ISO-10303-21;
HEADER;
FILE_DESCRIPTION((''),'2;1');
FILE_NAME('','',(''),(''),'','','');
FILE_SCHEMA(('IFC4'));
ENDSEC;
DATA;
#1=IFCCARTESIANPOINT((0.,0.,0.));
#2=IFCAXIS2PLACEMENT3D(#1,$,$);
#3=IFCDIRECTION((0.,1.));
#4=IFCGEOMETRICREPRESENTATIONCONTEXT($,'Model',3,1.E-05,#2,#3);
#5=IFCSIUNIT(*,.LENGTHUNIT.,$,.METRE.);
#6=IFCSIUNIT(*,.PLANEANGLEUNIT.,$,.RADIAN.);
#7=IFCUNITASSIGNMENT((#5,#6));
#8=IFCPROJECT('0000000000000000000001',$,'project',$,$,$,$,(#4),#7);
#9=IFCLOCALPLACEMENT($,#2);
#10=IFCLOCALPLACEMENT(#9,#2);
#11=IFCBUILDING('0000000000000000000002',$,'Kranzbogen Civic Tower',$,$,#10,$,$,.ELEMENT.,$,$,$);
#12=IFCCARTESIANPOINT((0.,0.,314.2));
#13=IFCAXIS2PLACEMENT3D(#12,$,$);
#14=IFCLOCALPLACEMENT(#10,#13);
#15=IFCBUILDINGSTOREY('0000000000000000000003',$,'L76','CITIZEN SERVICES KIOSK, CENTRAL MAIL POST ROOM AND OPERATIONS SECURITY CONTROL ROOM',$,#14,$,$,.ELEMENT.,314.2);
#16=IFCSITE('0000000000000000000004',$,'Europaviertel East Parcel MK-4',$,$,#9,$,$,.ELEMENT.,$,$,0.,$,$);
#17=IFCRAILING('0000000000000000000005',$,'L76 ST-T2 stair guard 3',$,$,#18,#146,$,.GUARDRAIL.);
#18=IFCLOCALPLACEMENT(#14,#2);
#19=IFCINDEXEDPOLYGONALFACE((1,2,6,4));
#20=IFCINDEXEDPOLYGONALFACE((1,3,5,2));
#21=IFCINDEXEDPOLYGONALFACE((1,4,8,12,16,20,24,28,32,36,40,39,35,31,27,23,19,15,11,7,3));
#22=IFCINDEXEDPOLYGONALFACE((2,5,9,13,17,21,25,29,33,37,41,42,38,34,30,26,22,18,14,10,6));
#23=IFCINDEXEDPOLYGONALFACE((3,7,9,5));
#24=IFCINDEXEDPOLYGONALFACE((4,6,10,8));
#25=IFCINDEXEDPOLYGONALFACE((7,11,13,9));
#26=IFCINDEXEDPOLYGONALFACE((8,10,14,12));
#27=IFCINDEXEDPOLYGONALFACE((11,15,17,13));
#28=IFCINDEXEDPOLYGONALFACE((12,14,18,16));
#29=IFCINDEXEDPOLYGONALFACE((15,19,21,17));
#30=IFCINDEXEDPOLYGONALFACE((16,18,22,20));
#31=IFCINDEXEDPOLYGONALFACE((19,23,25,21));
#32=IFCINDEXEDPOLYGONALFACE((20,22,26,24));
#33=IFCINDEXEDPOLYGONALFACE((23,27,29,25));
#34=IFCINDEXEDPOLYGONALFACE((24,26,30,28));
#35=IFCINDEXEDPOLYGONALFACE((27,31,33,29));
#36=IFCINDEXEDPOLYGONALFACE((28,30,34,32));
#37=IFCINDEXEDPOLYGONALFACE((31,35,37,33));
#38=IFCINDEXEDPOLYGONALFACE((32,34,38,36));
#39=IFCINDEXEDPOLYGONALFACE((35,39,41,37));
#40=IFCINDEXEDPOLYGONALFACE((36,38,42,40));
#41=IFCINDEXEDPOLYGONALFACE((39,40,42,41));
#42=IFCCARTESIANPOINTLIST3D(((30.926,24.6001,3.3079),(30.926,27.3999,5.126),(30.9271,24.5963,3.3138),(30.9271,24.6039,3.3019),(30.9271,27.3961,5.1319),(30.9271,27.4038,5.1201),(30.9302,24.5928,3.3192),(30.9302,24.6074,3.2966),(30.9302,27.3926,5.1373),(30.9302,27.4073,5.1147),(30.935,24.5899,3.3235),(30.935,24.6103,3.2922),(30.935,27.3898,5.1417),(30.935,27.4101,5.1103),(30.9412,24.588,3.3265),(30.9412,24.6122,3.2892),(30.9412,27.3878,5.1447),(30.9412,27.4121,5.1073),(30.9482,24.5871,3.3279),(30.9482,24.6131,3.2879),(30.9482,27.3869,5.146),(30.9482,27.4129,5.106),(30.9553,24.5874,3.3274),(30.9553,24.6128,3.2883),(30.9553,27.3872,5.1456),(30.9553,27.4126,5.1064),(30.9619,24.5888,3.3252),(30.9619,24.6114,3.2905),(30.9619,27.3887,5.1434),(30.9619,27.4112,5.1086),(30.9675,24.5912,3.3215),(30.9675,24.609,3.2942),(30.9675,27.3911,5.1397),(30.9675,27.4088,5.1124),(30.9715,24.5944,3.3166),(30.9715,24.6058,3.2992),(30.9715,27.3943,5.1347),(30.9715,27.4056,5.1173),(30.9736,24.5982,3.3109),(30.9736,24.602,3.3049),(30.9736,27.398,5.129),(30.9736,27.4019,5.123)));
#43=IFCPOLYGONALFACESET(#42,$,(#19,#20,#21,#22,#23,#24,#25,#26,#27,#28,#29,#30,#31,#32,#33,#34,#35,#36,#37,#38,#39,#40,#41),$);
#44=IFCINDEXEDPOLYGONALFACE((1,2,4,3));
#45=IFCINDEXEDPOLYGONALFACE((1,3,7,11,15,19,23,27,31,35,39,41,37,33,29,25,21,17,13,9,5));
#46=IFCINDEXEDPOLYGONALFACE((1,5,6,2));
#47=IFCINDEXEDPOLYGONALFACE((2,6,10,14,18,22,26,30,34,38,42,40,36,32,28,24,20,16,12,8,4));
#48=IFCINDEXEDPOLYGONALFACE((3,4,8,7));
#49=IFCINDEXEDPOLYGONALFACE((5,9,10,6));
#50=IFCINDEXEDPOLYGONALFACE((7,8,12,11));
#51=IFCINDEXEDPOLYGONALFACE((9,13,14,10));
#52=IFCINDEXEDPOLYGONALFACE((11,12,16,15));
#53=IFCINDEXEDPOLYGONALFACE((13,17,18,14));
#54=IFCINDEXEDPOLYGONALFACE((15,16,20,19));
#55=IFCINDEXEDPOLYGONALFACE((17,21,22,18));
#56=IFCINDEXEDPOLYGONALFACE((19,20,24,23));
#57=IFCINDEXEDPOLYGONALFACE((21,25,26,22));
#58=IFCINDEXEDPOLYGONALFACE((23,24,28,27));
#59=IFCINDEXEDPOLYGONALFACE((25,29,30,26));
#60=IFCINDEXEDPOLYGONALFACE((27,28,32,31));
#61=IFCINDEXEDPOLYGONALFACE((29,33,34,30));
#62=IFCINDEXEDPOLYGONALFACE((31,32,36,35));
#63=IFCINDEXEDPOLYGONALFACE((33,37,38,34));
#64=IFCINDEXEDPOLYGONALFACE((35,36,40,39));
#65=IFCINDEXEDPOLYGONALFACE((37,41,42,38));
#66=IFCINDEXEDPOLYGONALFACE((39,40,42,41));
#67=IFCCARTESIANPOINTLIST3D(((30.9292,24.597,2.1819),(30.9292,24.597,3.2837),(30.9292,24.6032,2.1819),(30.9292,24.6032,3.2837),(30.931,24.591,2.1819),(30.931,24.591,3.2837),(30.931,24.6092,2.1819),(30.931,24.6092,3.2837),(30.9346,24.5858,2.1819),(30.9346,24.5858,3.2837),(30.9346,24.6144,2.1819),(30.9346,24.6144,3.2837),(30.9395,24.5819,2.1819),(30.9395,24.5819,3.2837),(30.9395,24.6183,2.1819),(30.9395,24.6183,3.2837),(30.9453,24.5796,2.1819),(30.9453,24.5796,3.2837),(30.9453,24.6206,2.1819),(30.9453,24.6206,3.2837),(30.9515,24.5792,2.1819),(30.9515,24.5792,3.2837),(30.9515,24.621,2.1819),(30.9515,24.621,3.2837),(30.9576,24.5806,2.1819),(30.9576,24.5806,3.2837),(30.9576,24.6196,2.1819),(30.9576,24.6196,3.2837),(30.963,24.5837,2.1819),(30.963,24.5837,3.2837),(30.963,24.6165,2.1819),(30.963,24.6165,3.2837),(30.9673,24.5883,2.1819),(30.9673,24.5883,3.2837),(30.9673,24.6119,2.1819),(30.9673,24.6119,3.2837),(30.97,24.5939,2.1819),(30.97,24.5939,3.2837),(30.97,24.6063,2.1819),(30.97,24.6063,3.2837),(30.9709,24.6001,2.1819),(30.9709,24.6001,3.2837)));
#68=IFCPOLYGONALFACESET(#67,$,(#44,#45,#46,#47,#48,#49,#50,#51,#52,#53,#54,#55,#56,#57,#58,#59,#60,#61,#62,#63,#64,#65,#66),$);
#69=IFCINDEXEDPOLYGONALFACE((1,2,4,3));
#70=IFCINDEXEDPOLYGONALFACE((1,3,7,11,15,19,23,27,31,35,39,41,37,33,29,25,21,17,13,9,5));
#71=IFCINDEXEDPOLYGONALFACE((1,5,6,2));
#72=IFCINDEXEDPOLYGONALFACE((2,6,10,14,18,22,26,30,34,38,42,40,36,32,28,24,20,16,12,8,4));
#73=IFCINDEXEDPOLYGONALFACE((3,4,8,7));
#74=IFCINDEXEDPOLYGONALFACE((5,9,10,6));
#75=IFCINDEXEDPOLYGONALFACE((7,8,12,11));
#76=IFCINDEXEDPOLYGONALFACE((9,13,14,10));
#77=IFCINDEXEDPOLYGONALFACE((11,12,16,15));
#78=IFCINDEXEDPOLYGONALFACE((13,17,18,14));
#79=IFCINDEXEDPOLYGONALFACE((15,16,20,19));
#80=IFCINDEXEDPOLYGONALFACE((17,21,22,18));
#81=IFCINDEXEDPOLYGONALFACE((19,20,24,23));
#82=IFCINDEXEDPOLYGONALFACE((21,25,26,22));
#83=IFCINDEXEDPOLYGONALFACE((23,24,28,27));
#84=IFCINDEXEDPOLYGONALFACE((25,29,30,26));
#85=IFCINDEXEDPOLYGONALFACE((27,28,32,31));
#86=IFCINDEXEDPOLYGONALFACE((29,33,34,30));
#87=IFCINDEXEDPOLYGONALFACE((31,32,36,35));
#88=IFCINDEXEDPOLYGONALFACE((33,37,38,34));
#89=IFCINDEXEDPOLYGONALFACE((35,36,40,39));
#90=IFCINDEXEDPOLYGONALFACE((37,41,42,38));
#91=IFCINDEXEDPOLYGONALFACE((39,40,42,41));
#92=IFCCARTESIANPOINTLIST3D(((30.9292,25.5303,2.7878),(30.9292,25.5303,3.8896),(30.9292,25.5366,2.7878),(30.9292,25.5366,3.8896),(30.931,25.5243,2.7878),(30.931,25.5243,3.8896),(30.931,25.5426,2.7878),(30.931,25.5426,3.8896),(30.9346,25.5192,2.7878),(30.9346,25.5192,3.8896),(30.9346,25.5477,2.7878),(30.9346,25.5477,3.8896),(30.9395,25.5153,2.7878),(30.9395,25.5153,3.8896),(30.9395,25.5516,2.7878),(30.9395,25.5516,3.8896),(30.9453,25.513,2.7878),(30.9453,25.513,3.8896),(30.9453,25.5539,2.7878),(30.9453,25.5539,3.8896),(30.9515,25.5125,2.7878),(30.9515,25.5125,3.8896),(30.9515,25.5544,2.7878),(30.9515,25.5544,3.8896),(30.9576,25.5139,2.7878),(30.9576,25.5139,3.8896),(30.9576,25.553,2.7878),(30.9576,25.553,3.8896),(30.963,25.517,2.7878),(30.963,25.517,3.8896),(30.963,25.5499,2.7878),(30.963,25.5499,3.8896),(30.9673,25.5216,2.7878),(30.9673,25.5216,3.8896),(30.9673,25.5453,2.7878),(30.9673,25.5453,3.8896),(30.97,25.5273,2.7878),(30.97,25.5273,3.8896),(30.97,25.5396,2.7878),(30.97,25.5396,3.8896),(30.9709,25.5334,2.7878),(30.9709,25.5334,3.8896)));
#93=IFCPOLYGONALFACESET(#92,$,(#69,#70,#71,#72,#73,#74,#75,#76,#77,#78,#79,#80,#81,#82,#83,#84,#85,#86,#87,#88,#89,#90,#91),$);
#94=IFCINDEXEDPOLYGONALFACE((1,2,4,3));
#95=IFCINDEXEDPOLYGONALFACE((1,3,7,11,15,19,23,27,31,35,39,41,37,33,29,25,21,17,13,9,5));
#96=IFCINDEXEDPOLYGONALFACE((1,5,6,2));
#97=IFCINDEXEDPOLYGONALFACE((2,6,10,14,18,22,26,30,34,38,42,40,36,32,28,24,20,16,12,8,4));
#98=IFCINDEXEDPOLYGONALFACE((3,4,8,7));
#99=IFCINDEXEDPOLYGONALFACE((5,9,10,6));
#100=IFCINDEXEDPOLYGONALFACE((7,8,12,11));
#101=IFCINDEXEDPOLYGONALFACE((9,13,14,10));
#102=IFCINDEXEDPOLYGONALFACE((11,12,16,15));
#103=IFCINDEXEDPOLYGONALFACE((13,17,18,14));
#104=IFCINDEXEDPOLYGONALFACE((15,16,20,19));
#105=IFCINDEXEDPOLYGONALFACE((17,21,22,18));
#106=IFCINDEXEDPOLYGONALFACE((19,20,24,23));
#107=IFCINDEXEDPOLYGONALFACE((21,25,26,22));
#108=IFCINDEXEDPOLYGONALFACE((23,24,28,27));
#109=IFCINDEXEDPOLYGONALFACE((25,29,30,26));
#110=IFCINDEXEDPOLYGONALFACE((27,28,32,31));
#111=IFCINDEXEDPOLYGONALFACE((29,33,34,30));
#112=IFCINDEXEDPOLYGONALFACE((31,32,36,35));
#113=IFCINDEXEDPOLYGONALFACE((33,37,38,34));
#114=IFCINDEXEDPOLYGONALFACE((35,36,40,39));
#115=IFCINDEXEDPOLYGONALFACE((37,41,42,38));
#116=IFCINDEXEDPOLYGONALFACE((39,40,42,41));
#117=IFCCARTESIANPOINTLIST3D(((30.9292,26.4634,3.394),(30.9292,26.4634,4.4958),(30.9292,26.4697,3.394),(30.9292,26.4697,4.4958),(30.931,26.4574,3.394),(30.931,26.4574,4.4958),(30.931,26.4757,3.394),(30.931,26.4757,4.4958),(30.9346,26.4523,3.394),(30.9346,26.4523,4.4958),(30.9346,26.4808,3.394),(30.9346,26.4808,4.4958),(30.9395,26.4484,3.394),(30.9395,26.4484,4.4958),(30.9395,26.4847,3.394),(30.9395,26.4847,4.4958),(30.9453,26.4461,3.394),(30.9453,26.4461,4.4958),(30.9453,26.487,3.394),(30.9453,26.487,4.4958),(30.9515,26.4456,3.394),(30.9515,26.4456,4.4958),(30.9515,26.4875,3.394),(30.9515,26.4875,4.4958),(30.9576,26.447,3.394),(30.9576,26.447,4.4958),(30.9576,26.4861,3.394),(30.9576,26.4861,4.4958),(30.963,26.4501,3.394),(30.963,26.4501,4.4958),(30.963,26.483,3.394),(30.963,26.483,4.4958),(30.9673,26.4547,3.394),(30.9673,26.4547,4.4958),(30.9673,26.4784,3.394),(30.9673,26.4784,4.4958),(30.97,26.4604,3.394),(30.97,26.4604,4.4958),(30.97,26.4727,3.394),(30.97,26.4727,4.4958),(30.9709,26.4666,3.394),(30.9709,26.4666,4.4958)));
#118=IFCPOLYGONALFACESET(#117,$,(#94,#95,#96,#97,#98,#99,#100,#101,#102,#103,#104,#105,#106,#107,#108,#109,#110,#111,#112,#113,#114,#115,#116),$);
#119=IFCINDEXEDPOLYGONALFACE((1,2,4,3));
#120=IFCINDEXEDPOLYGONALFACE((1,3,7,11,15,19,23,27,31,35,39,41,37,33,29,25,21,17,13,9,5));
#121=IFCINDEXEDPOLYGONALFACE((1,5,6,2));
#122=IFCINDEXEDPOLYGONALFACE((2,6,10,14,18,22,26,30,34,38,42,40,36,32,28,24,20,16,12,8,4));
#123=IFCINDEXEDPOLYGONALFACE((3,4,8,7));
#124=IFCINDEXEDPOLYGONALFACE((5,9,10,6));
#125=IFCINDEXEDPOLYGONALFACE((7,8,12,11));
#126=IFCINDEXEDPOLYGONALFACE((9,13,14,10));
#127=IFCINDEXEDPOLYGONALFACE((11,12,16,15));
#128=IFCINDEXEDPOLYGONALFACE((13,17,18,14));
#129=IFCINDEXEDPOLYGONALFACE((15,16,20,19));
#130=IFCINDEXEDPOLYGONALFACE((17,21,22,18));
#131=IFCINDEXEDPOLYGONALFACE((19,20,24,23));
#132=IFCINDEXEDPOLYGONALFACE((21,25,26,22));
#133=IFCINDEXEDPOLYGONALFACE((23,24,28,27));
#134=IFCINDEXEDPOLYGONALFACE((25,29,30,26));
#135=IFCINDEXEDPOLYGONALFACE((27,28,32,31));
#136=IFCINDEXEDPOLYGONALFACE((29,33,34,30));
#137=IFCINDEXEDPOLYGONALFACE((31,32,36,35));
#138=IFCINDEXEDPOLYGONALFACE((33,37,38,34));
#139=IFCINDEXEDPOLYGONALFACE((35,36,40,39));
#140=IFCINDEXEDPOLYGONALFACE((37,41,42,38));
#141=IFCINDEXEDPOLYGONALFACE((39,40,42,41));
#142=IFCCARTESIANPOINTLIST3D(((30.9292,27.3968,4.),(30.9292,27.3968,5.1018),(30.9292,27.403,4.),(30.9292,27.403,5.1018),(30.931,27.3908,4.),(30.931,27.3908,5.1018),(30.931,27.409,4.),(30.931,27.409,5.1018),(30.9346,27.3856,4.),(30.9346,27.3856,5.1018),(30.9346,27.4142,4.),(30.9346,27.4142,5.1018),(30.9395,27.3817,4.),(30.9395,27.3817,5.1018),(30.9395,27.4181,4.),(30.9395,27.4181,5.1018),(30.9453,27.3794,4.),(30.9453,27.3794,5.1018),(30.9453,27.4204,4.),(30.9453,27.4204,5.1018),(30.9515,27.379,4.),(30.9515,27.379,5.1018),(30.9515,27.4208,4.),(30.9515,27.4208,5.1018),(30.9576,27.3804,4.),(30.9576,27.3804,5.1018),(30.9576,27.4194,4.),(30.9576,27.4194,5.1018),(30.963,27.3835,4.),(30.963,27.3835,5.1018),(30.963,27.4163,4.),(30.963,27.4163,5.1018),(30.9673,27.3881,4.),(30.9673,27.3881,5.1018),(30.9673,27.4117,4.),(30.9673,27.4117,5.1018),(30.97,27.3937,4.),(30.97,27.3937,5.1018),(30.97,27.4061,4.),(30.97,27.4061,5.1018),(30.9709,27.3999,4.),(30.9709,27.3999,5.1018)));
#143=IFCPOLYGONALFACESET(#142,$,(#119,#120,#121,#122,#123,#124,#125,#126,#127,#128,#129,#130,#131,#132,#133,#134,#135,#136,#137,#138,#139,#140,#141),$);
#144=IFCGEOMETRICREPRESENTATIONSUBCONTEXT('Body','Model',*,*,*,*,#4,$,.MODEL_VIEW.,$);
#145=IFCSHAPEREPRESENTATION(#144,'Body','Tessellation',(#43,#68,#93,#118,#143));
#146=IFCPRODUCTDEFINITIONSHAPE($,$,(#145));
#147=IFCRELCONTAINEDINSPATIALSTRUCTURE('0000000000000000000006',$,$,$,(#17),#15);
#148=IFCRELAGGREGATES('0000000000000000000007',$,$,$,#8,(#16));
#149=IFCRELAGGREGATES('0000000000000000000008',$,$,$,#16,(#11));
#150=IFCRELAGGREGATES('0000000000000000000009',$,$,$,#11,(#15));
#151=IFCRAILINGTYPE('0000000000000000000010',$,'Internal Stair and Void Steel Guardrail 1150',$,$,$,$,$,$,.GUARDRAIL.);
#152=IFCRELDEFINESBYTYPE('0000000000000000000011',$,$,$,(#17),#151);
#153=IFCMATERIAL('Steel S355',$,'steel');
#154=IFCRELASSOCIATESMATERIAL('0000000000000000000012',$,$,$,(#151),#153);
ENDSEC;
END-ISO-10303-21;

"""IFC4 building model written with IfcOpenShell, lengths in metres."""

from ifc_helpers import new_model, si_unit, direction, frame, origin, origin_2d, place, context, subcontext, project, spatial, circle, extrude, material, type_object, element, save


model = new_model("IFC4")

# Units and contexts
model_context = context("Model", 3, precision=1e-05, world=origin(), true_north=direction((0.0, 1.0)))
body_context = subcontext(model_context, "Body", "Model", "MODEL_VIEW")
ifc_project = project(units=[si_unit("LENGTHUNIT", "METRE"), si_unit("PLANEANGLEUNIT", "RADIAN")], contexts=[model_context])

# Site, building, storey
site_placement = place(None, origin())
site = spatial("IfcSite", under=ifc_project, at=site_placement, Name="Europaviertel East Parcel MK-4", CompositionType="ELEMENT", RefElevation=0.0)
building_placement = place(site_placement, origin())
building = spatial("IfcBuilding", under=site, at=building_placement, Name="Kranzbogen Civic Tower", CompositionType="ELEMENT")
storey_placement = place(building_placement, frame((0.0, 0.0, 314.2)))
storey = spatial("IfcBuildingStorey", under=building, at=storey_placement, Name="L76", Description="CITIZEN SERVICES KIOSK, CENTRAL MAIL POST ROOM AND OPERATIONS SECURITY CONTROL ROOM", CompositionType="ELEMENT", Elevation=314.2)

# Shared definitions
ifc_material_1 = material(Name="Steel S355", Category="steel")

# Railing
railing_type_1 = type_object("IfcRailingType", Name="Internal Stair and Void Steel Guardrail 1150", PredefinedType="GUARDRAIL", material=ifc_material_1)
railing_1_placement = place(storey_placement, frame((30.95, 24.6001, 2.1819)))
element("IfcRailing", 1, at=railing_1_placement, inside=storey, type_object=railing_type_1, Name="L76 ST-T2 stair guard 3", PredefinedType="GUARDRAIL", context=body_context, shape_type="SweptSolid", body=[
    extrude(circle(Radius=0.0239, at=origin_2d()), frame((0.0, 0.0, 1.126), z_axis=(0.0, 0.838684, 0.544618), x_axis=(-1.0, 0.0, 0.0)), (0.0, 0.0, 1.0), 3.3384),
    extrude(circle(Radius=0.021, at=origin_2d()), origin(), (0.0, 0.0, 1.0), 1.1018),
    extrude(circle(Radius=0.021, at=origin_2d()), frame((0.0, 0.9333, 0.606)), (0.0, 0.0, 1.0), 1.1018),
    extrude(circle(Radius=0.021, at=origin_2d()), frame((0.0, 1.8665, 1.2122)), (0.0, 0.0, 1.0), 1.1018),
    extrude(circle(Radius=0.021, at=origin_2d()), frame((0.0, 2.7998, 1.8181)), (0.0, 0.0, 1.0), 1.1018),
])

save(model, "model.ifc")
